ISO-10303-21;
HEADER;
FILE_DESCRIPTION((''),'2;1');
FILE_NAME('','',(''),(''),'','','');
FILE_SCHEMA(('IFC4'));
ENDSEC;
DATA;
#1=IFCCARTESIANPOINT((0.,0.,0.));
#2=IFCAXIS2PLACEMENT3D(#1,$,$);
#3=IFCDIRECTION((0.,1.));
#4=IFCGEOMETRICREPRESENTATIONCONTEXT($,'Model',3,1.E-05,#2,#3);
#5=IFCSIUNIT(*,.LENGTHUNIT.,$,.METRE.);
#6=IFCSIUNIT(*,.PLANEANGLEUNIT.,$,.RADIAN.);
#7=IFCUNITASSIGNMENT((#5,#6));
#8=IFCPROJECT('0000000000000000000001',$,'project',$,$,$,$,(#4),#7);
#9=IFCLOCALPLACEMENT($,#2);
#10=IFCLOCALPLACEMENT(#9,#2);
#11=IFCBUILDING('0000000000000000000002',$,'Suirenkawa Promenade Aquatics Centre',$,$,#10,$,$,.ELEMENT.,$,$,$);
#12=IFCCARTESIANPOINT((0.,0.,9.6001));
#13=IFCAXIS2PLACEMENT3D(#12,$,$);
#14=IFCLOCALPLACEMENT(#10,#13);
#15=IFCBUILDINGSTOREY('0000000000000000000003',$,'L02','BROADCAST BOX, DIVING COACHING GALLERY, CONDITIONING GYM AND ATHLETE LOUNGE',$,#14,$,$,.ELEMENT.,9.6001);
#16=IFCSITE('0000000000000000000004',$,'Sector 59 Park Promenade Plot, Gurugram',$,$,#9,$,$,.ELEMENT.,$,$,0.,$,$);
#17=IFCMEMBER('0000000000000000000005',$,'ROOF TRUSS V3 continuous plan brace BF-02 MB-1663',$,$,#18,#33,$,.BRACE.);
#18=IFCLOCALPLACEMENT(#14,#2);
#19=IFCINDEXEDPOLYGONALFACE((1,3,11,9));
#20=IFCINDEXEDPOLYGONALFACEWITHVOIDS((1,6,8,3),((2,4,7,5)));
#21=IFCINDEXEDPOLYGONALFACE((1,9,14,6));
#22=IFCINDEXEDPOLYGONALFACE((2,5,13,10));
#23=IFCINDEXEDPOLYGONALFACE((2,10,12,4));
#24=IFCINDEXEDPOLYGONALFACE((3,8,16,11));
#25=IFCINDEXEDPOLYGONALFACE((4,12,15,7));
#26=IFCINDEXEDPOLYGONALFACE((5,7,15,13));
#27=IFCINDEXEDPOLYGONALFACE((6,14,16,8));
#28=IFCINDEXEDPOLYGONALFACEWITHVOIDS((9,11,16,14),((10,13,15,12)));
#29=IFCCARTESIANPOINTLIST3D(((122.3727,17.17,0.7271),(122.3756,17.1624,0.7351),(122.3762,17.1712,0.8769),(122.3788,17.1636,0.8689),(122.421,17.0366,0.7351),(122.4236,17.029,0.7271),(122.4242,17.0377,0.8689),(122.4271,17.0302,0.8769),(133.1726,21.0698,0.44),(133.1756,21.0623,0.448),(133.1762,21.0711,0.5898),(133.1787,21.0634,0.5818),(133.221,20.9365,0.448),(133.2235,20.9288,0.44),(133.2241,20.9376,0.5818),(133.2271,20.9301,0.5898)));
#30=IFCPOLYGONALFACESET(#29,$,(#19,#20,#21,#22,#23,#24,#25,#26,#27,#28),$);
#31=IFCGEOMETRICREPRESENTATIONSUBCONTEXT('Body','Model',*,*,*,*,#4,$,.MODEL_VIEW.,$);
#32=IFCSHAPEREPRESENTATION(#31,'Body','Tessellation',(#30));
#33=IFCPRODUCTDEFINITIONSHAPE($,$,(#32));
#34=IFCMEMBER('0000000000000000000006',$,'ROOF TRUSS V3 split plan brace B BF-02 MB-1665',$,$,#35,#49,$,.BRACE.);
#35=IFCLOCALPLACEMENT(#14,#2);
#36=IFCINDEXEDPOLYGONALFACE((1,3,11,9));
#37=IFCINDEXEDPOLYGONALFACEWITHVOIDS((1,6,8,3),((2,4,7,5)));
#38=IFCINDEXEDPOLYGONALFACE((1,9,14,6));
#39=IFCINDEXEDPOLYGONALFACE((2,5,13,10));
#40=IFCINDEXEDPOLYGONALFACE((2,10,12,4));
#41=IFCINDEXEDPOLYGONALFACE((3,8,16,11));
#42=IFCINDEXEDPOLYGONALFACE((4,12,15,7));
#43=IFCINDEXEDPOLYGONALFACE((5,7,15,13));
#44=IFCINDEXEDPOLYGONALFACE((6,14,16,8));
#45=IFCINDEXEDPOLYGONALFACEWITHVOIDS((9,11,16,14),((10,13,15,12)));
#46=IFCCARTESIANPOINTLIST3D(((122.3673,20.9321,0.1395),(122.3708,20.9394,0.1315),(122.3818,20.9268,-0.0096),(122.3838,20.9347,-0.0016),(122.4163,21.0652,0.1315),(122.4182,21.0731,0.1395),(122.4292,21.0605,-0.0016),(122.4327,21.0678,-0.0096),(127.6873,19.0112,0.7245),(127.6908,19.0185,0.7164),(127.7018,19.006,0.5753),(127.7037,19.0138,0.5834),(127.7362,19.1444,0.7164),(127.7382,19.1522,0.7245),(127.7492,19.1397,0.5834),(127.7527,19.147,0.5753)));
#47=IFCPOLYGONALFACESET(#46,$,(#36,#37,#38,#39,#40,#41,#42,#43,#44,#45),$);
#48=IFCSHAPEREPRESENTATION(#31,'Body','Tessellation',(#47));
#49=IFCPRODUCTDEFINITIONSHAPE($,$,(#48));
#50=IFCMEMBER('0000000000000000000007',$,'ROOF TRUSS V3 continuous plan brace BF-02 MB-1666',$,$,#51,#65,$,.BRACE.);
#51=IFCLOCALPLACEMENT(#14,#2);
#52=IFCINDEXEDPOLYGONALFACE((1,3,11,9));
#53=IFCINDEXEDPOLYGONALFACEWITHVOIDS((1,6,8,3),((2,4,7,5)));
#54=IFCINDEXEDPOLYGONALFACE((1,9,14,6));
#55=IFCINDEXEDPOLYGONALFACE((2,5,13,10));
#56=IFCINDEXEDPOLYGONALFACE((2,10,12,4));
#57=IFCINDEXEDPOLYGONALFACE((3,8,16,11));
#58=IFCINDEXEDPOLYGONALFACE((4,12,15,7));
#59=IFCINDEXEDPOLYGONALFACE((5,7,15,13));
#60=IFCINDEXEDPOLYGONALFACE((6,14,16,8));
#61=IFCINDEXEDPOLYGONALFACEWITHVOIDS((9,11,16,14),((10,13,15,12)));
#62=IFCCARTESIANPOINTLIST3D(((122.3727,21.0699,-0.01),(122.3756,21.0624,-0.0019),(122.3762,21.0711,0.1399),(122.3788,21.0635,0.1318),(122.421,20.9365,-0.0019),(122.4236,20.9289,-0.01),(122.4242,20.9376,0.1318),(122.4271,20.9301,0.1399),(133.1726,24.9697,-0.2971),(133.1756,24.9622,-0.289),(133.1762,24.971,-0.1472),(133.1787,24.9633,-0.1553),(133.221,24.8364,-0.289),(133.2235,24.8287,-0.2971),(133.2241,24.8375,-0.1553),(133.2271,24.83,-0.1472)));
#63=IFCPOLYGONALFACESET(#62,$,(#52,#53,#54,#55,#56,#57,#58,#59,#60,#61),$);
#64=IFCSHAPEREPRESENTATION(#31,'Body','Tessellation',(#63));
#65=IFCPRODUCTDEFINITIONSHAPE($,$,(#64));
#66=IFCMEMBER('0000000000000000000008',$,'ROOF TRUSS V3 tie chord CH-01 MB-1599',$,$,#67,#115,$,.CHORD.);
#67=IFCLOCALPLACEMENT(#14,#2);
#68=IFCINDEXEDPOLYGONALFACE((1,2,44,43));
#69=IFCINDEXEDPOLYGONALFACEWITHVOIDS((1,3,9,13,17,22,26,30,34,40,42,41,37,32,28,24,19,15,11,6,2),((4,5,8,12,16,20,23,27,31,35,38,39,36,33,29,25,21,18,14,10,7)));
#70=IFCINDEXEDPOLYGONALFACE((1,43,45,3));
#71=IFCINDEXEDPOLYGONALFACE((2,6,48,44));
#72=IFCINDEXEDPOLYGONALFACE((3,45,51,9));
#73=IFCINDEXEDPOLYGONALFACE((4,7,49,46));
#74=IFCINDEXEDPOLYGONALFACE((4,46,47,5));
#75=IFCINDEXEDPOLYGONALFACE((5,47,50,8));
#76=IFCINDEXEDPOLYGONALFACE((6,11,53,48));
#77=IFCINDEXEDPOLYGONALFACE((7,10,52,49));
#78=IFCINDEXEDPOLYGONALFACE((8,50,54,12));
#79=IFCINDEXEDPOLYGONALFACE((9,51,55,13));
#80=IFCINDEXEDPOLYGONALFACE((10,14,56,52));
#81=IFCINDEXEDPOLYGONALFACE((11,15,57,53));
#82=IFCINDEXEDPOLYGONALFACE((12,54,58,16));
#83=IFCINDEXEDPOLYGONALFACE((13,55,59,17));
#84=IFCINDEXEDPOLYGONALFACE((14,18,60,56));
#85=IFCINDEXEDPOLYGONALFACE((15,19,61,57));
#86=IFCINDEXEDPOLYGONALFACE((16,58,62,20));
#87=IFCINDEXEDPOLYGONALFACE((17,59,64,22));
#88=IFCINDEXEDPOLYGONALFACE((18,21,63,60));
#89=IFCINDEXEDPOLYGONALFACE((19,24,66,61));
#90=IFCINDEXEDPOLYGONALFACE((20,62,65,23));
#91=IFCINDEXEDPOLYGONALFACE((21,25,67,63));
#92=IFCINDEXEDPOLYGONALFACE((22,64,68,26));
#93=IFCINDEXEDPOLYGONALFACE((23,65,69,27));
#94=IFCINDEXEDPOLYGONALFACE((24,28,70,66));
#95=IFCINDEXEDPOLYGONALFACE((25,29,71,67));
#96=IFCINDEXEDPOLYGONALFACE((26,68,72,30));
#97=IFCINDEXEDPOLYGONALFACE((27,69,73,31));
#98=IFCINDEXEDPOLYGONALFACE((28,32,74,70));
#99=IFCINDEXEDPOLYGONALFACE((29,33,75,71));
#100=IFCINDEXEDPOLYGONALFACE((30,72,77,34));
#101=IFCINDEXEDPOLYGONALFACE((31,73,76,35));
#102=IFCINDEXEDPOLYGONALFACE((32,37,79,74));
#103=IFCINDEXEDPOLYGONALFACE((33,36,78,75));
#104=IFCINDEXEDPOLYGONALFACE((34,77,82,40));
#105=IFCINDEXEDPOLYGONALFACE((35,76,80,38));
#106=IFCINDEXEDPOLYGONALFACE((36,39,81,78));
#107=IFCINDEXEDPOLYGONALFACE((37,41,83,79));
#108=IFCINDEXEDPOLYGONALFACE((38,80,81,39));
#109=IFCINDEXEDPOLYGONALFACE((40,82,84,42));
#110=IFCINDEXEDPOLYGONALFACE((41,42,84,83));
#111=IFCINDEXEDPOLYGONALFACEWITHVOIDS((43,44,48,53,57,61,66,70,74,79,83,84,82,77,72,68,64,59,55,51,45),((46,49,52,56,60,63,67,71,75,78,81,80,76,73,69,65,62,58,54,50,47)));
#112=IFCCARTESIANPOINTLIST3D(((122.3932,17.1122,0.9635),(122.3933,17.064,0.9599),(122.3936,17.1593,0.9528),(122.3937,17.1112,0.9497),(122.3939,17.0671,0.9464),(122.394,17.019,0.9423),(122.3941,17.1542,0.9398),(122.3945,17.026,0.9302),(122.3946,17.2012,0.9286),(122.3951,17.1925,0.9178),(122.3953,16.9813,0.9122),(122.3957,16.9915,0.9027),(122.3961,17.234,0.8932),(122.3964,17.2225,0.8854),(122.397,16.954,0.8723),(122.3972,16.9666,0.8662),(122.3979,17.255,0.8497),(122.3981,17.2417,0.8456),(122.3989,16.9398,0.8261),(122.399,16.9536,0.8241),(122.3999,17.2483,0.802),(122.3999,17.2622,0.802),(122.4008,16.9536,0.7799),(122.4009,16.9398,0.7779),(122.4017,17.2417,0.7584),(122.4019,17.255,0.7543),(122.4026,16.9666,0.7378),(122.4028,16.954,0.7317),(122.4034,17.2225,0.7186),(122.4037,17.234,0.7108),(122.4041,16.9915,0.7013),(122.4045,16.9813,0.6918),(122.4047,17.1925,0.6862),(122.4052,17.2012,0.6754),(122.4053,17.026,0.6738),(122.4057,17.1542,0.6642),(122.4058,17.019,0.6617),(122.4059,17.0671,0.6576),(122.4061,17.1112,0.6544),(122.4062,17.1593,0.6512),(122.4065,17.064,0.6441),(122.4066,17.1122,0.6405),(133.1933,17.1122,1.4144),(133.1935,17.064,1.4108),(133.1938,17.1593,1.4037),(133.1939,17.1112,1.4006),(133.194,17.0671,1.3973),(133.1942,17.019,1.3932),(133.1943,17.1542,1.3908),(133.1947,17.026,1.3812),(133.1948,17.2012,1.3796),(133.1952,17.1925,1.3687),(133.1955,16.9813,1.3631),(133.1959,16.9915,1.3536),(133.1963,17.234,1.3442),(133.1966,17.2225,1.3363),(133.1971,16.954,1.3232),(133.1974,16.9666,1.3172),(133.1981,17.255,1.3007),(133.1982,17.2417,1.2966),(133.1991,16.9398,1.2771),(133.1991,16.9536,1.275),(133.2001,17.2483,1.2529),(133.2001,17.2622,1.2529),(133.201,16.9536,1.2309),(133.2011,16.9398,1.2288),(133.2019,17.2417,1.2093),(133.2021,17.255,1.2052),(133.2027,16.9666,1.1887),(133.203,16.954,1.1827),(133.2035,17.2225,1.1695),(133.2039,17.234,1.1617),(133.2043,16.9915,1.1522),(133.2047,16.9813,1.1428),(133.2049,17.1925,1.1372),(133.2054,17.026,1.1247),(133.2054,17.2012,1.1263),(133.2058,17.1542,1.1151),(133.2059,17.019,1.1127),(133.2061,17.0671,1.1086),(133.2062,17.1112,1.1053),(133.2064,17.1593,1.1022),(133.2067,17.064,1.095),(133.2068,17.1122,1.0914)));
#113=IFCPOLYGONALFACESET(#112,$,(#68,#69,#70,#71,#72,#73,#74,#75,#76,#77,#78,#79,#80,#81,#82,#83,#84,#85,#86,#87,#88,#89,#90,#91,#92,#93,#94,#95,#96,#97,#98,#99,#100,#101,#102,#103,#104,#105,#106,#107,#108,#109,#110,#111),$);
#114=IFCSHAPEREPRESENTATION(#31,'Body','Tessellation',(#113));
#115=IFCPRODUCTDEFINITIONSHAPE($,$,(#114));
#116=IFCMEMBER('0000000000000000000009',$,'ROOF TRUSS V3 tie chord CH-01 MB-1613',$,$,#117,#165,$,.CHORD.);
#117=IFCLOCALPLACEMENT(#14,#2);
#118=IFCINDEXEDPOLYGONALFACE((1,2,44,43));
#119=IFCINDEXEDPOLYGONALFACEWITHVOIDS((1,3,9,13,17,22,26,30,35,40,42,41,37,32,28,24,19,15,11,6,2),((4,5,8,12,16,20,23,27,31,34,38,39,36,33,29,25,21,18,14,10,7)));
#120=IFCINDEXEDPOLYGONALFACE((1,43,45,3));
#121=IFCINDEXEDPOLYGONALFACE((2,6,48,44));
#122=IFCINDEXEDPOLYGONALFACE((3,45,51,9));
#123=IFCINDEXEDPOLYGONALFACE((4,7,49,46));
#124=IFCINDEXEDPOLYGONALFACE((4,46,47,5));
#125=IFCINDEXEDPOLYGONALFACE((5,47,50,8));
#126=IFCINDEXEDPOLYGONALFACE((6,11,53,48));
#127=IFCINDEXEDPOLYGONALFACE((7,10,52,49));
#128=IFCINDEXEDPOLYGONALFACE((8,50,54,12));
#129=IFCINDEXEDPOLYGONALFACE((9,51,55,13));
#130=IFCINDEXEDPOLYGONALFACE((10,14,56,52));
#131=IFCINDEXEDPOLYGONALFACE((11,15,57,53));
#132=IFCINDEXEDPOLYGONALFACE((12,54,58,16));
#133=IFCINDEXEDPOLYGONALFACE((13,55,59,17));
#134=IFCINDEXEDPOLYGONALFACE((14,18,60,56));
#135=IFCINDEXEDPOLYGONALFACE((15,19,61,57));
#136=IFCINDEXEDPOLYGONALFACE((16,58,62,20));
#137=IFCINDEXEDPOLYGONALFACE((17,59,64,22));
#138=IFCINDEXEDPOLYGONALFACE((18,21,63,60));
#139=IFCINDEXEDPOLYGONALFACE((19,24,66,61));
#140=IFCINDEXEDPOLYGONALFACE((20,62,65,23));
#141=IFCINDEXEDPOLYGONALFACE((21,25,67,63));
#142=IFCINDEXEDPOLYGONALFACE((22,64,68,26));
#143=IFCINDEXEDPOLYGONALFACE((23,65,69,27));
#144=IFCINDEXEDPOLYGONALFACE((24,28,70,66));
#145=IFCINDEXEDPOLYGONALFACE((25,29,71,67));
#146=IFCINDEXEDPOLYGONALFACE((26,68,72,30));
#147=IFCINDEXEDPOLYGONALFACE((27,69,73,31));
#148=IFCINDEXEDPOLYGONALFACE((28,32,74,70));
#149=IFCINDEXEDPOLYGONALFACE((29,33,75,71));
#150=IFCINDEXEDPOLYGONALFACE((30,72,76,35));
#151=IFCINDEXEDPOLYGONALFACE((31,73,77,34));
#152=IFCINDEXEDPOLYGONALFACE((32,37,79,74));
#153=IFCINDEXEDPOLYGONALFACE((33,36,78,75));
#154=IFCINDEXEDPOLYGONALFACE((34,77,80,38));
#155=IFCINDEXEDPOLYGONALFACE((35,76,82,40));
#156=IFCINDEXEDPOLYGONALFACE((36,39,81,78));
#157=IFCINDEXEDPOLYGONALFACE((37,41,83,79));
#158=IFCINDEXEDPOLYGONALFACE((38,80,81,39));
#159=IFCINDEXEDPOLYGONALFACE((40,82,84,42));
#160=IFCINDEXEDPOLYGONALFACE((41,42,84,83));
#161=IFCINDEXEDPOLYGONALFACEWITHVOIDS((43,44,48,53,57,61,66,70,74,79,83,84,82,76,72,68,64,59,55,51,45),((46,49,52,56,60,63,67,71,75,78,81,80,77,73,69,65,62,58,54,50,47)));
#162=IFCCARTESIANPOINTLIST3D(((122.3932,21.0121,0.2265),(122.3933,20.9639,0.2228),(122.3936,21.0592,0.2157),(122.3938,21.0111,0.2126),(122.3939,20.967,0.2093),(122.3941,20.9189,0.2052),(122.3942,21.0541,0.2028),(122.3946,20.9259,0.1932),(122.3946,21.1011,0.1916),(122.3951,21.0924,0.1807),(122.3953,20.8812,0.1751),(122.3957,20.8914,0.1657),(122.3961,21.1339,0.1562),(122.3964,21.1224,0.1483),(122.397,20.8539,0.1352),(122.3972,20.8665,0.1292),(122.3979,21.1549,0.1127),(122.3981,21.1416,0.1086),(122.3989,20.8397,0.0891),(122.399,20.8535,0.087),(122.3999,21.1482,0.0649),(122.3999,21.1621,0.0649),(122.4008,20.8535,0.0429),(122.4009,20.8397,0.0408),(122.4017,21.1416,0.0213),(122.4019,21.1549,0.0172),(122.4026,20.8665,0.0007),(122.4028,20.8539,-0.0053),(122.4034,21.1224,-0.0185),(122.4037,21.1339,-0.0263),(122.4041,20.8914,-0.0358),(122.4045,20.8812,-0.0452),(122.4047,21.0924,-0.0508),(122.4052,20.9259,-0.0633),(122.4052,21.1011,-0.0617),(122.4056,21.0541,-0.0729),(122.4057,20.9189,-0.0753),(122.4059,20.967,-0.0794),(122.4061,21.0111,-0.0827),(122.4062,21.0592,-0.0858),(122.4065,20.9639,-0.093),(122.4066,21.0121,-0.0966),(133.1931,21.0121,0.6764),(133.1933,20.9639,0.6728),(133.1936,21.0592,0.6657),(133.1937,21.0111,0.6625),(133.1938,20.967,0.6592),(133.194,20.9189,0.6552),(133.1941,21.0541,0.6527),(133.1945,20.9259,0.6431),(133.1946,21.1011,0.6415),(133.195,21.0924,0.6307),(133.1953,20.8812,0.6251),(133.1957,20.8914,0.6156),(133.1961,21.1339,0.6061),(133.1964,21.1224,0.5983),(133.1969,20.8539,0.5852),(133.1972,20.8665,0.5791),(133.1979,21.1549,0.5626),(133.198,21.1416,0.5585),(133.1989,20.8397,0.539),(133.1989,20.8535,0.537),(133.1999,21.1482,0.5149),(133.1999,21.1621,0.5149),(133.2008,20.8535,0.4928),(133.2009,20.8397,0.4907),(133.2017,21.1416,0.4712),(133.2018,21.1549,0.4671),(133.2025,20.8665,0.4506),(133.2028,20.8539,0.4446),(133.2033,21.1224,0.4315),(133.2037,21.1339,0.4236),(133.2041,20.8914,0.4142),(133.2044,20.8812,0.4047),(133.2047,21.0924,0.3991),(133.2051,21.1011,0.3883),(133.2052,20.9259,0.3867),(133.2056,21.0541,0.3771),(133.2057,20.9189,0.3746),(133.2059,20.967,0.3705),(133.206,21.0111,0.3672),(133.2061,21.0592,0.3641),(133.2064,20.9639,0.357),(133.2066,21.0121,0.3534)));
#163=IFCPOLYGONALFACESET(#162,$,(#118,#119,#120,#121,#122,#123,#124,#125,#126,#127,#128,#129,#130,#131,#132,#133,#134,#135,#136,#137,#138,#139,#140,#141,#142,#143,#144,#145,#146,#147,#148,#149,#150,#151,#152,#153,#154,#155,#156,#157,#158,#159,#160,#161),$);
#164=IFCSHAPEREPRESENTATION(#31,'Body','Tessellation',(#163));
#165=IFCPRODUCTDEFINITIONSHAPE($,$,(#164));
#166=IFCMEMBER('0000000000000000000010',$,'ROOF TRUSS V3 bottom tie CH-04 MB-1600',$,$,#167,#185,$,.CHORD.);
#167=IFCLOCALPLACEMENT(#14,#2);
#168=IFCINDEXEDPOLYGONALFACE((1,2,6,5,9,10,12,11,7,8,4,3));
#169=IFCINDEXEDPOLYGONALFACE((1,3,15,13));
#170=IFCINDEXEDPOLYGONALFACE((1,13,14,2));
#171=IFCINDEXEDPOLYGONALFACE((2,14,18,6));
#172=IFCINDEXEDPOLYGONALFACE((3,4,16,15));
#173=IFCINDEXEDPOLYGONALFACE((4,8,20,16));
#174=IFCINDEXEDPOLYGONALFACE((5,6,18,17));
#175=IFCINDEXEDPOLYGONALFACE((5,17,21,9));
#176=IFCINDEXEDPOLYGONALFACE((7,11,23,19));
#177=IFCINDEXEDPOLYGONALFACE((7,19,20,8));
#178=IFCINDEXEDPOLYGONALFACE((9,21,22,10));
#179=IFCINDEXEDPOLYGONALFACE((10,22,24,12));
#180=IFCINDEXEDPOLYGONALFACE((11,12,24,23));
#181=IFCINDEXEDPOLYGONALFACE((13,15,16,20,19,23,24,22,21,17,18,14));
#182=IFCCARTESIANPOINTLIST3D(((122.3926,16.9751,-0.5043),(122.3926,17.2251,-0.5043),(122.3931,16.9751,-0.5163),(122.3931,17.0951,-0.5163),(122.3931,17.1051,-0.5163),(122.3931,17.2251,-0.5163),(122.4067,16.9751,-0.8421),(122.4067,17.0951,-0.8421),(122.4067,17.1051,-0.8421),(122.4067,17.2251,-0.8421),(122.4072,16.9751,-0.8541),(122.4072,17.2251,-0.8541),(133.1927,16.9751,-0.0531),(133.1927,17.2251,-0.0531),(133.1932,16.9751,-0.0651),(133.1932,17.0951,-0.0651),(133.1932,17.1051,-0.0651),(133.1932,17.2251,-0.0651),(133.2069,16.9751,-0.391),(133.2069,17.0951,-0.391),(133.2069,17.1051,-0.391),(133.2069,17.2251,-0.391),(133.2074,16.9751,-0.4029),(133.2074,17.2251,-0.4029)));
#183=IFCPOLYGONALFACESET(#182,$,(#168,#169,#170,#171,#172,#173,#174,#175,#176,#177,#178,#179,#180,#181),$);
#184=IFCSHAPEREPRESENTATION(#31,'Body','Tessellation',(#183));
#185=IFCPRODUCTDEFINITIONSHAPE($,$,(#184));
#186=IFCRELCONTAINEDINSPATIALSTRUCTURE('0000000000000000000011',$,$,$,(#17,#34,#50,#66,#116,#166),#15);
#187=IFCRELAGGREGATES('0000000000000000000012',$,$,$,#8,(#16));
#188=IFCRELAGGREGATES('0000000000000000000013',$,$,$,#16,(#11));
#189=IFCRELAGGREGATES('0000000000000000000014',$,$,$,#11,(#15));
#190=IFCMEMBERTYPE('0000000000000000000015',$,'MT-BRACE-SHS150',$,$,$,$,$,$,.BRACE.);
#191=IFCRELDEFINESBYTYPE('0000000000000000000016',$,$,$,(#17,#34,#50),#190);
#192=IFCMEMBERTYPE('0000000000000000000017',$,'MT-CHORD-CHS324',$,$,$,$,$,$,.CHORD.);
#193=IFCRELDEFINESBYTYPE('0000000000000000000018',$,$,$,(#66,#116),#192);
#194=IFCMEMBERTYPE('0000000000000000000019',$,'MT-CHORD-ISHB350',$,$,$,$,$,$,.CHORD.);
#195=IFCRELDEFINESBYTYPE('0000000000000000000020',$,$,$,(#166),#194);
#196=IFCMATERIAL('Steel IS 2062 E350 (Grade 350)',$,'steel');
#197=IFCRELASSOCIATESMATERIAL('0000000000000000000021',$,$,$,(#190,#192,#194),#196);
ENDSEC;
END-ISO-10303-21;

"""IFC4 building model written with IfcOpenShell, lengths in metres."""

from ifc_helpers import new_model, si_unit, direction, frame, origin, origin_2d, place, context, subcontext, project, spatial, hollow_rectangle, hollow_circle, i_section, extrude, material, material_profile, profile_set, type_object, element, save


model = new_model("IFC4")

# Units and contexts
model_context = context("Model", 3, precision=1e-05, world=origin(), true_north=direction((0.0, 1.0)))
body_context = subcontext(model_context, "Body", "Model", "MODEL_VIEW")
ifc_project = project(units=[si_unit("LENGTHUNIT", "METRE"), si_unit("PLANEANGLEUNIT", "RADIAN")], contexts=[model_context])

# Site, building, storey
site_placement = place(None, origin())
site = spatial("IfcSite", under=ifc_project, at=site_placement, Name="Sector 59 Park Promenade Plot, Gurugram", CompositionType="ELEMENT", RefElevation=0.0)
building_placement = place(site_placement, origin())
building = spatial("IfcBuilding", under=site, at=building_placement, Name="Suirenkawa Promenade Aquatics Centre", CompositionType="ELEMENT")
storey_placement = place(building_placement, frame((0.0, 0.0, 9.6001)))
storey = spatial("IfcBuildingStorey", under=building, at=storey_placement, Name="L02", Description="BROADCAST BOX, DIVING COACHING GALLERY, CONDITIONING GYM AND ATHLETE LOUNGE", CompositionType="ELEMENT", Elevation=9.6001)

# Shared definitions
ifc_material = material(Name="Steel IS 2062 E350 (Grade 350)", Category="steel")

# Members
ifc_material_profile_1 = material_profile(ifc_material, hollow_rectangle(XDim=0.1499, YDim=0.1499, WallThickness=0.0081, at=origin_2d()), Name="SHS 150x150x8", Category="steel")
ifc_profile_set_1 = profile_set([ifc_material_profile_1], Name="Steel IS 2062 E350 (Grade 350)")
member_type_1 = type_object("IfcMemberType", Name="MT-BRACE-SHS150", PredefinedType="BRACE", material=ifc_profile_set_1)
member_1_placement = place(storey_placement, frame((122.3999, 17.1001, 0.802), z_axis=(0.940263, 0.339529, -0.024996), x_axis=(-0.339636, 0.940557, 0.0)))
element("IfcMember", 1, at=member_1_placement, inside=storey, type_object=member_type_1, Name="ROOF TRUSS V3 continuous plan brace BF-02 MB-1663", PredefinedType="BRACE", context=body_context, shape_type="SweptSolid", body=[
    extrude(hollow_rectangle(XDim=0.1499, YDim=0.1499, WallThickness=0.0081, at=origin_2d()), origin(), (0.0, 0.0, 1.0), 11.4861),
])
member_2_placement = place(storey_placement, frame((127.72, 19.0791, 0.6499), z_axis=(-0.935577, 0.337806, -0.10287), x_axis=(-0.339607, -0.940567, 0.0)))
element("IfcMember", 2, at=member_2_placement, inside=storey, type_object=member_type_1, Name="ROOF TRUSS V3 split plan brace B BF-02 MB-1665", PredefinedType="BRACE", context=body_context, shape_type="SweptSolid", body=[
    extrude(hollow_rectangle(XDim=0.1499, YDim=0.1499, WallThickness=0.0081, at=origin_2d()), origin(), (0.0, 0.0, 1.0), 5.6863),
])
member_3_placement = place(storey_placement, frame((122.3999, 21.0, 0.0649), z_axis=(0.940263, 0.339529, -0.024996), x_axis=(-0.339636, 0.940557, 0.0)))
element("IfcMember", 3, at=member_3_placement, inside=storey, type_object=member_type_1, Name="ROOF TRUSS V3 continuous plan brace BF-02 MB-1666", PredefinedType="BRACE", context=body_context, shape_type="SweptSolid", body=[
    extrude(hollow_rectangle(XDim=0.1499, YDim=0.1499, WallThickness=0.0081, at=origin_2d()), origin(), (0.0, 0.0, 1.0), 11.4861),
])
ifc_material_profile_2 = material_profile(ifc_material, hollow_circle(Radius=0.1621, WallThickness=0.0139, at=origin_2d()), Name="CHS 324x14", Category="steel")
ifc_profile_set_2 = profile_set([ifc_material_profile_2], Name="Steel IS 2062 E350 (Grade 350)")
member_type_2 = type_object("IfcMemberType", Name="MT-CHORD-CHS324", PredefinedType="CHORD", material=ifc_profile_set_2)
member_4_placement = place(storey_placement, frame((122.3999, 17.1001, 0.802), z_axis=(0.99913, 0.0, 0.041716), x_axis=(0.0, 1.0, 0.0)))
element("IfcMember", 4, at=member_4_placement, inside=storey, type_object=member_type_2, Name="ROOF TRUSS V3 tie chord CH-01 MB-1599", PredefinedType="CHORD", context=body_context, shape_type="SweptSolid", body=[
    extrude(hollow_circle(Radius=0.1621, WallThickness=0.0139, at=origin_2d()), origin(), (0.0, 0.0, 1.0), 10.8096),
])
member_5_placement = place(storey_placement, frame((122.3999, 21.0, 0.0649), z_axis=(0.999133, 0.0, 0.041626), x_axis=(0.0, 1.0, 0.0)))
element("IfcMember", 5, at=member_5_placement, inside=storey, type_object=member_type_2, Name="ROOF TRUSS V3 tie chord CH-01 MB-1613", PredefinedType="CHORD", context=body_context, shape_type="SweptSolid", body=[
    extrude(hollow_circle(Radius=0.1621, WallThickness=0.0139, at=origin_2d()), origin(), (0.0, 0.0, 1.0), 10.8093),
])
ifc_material_profile_3 = material_profile(ifc_material, i_section(OverallWidth=0.25, OverallDepth=0.3501, WebThickness=0.01, FlangeThickness=0.012, at=origin_2d()), Name="ISHB 350", Category="steel")
ifc_profile_set_3 = profile_set([ifc_material_profile_3], Name="Steel IS 2062 E350 (Grade 350)")
member_type_3 = type_object("IfcMemberType", Name="MT-CHORD-ISHB350", PredefinedType="CHORD", material=ifc_profile_set_3)
member_6_placement = place(storey_placement, frame((122.3999, 17.1001, -0.6792), z_axis=(0.999129, 0.0, 0.041739), x_axis=(0.0, 1.0, 0.0)))
element("IfcMember", 6, at=member_6_placement, inside=storey, type_object=member_type_3, Name="ROOF TRUSS V3 bottom tie CH-04 MB-1600", PredefinedType="CHORD", context=body_context, shape_type="SweptSolid", body=[
    extrude(i_section(OverallWidth=0.25, OverallDepth=0.3501, WebThickness=0.01, FlangeThickness=0.012, at=origin_2d()), origin(), (0.0, 0.0, 1.0), 10.8096),
])

save(model, "model.ifc")
